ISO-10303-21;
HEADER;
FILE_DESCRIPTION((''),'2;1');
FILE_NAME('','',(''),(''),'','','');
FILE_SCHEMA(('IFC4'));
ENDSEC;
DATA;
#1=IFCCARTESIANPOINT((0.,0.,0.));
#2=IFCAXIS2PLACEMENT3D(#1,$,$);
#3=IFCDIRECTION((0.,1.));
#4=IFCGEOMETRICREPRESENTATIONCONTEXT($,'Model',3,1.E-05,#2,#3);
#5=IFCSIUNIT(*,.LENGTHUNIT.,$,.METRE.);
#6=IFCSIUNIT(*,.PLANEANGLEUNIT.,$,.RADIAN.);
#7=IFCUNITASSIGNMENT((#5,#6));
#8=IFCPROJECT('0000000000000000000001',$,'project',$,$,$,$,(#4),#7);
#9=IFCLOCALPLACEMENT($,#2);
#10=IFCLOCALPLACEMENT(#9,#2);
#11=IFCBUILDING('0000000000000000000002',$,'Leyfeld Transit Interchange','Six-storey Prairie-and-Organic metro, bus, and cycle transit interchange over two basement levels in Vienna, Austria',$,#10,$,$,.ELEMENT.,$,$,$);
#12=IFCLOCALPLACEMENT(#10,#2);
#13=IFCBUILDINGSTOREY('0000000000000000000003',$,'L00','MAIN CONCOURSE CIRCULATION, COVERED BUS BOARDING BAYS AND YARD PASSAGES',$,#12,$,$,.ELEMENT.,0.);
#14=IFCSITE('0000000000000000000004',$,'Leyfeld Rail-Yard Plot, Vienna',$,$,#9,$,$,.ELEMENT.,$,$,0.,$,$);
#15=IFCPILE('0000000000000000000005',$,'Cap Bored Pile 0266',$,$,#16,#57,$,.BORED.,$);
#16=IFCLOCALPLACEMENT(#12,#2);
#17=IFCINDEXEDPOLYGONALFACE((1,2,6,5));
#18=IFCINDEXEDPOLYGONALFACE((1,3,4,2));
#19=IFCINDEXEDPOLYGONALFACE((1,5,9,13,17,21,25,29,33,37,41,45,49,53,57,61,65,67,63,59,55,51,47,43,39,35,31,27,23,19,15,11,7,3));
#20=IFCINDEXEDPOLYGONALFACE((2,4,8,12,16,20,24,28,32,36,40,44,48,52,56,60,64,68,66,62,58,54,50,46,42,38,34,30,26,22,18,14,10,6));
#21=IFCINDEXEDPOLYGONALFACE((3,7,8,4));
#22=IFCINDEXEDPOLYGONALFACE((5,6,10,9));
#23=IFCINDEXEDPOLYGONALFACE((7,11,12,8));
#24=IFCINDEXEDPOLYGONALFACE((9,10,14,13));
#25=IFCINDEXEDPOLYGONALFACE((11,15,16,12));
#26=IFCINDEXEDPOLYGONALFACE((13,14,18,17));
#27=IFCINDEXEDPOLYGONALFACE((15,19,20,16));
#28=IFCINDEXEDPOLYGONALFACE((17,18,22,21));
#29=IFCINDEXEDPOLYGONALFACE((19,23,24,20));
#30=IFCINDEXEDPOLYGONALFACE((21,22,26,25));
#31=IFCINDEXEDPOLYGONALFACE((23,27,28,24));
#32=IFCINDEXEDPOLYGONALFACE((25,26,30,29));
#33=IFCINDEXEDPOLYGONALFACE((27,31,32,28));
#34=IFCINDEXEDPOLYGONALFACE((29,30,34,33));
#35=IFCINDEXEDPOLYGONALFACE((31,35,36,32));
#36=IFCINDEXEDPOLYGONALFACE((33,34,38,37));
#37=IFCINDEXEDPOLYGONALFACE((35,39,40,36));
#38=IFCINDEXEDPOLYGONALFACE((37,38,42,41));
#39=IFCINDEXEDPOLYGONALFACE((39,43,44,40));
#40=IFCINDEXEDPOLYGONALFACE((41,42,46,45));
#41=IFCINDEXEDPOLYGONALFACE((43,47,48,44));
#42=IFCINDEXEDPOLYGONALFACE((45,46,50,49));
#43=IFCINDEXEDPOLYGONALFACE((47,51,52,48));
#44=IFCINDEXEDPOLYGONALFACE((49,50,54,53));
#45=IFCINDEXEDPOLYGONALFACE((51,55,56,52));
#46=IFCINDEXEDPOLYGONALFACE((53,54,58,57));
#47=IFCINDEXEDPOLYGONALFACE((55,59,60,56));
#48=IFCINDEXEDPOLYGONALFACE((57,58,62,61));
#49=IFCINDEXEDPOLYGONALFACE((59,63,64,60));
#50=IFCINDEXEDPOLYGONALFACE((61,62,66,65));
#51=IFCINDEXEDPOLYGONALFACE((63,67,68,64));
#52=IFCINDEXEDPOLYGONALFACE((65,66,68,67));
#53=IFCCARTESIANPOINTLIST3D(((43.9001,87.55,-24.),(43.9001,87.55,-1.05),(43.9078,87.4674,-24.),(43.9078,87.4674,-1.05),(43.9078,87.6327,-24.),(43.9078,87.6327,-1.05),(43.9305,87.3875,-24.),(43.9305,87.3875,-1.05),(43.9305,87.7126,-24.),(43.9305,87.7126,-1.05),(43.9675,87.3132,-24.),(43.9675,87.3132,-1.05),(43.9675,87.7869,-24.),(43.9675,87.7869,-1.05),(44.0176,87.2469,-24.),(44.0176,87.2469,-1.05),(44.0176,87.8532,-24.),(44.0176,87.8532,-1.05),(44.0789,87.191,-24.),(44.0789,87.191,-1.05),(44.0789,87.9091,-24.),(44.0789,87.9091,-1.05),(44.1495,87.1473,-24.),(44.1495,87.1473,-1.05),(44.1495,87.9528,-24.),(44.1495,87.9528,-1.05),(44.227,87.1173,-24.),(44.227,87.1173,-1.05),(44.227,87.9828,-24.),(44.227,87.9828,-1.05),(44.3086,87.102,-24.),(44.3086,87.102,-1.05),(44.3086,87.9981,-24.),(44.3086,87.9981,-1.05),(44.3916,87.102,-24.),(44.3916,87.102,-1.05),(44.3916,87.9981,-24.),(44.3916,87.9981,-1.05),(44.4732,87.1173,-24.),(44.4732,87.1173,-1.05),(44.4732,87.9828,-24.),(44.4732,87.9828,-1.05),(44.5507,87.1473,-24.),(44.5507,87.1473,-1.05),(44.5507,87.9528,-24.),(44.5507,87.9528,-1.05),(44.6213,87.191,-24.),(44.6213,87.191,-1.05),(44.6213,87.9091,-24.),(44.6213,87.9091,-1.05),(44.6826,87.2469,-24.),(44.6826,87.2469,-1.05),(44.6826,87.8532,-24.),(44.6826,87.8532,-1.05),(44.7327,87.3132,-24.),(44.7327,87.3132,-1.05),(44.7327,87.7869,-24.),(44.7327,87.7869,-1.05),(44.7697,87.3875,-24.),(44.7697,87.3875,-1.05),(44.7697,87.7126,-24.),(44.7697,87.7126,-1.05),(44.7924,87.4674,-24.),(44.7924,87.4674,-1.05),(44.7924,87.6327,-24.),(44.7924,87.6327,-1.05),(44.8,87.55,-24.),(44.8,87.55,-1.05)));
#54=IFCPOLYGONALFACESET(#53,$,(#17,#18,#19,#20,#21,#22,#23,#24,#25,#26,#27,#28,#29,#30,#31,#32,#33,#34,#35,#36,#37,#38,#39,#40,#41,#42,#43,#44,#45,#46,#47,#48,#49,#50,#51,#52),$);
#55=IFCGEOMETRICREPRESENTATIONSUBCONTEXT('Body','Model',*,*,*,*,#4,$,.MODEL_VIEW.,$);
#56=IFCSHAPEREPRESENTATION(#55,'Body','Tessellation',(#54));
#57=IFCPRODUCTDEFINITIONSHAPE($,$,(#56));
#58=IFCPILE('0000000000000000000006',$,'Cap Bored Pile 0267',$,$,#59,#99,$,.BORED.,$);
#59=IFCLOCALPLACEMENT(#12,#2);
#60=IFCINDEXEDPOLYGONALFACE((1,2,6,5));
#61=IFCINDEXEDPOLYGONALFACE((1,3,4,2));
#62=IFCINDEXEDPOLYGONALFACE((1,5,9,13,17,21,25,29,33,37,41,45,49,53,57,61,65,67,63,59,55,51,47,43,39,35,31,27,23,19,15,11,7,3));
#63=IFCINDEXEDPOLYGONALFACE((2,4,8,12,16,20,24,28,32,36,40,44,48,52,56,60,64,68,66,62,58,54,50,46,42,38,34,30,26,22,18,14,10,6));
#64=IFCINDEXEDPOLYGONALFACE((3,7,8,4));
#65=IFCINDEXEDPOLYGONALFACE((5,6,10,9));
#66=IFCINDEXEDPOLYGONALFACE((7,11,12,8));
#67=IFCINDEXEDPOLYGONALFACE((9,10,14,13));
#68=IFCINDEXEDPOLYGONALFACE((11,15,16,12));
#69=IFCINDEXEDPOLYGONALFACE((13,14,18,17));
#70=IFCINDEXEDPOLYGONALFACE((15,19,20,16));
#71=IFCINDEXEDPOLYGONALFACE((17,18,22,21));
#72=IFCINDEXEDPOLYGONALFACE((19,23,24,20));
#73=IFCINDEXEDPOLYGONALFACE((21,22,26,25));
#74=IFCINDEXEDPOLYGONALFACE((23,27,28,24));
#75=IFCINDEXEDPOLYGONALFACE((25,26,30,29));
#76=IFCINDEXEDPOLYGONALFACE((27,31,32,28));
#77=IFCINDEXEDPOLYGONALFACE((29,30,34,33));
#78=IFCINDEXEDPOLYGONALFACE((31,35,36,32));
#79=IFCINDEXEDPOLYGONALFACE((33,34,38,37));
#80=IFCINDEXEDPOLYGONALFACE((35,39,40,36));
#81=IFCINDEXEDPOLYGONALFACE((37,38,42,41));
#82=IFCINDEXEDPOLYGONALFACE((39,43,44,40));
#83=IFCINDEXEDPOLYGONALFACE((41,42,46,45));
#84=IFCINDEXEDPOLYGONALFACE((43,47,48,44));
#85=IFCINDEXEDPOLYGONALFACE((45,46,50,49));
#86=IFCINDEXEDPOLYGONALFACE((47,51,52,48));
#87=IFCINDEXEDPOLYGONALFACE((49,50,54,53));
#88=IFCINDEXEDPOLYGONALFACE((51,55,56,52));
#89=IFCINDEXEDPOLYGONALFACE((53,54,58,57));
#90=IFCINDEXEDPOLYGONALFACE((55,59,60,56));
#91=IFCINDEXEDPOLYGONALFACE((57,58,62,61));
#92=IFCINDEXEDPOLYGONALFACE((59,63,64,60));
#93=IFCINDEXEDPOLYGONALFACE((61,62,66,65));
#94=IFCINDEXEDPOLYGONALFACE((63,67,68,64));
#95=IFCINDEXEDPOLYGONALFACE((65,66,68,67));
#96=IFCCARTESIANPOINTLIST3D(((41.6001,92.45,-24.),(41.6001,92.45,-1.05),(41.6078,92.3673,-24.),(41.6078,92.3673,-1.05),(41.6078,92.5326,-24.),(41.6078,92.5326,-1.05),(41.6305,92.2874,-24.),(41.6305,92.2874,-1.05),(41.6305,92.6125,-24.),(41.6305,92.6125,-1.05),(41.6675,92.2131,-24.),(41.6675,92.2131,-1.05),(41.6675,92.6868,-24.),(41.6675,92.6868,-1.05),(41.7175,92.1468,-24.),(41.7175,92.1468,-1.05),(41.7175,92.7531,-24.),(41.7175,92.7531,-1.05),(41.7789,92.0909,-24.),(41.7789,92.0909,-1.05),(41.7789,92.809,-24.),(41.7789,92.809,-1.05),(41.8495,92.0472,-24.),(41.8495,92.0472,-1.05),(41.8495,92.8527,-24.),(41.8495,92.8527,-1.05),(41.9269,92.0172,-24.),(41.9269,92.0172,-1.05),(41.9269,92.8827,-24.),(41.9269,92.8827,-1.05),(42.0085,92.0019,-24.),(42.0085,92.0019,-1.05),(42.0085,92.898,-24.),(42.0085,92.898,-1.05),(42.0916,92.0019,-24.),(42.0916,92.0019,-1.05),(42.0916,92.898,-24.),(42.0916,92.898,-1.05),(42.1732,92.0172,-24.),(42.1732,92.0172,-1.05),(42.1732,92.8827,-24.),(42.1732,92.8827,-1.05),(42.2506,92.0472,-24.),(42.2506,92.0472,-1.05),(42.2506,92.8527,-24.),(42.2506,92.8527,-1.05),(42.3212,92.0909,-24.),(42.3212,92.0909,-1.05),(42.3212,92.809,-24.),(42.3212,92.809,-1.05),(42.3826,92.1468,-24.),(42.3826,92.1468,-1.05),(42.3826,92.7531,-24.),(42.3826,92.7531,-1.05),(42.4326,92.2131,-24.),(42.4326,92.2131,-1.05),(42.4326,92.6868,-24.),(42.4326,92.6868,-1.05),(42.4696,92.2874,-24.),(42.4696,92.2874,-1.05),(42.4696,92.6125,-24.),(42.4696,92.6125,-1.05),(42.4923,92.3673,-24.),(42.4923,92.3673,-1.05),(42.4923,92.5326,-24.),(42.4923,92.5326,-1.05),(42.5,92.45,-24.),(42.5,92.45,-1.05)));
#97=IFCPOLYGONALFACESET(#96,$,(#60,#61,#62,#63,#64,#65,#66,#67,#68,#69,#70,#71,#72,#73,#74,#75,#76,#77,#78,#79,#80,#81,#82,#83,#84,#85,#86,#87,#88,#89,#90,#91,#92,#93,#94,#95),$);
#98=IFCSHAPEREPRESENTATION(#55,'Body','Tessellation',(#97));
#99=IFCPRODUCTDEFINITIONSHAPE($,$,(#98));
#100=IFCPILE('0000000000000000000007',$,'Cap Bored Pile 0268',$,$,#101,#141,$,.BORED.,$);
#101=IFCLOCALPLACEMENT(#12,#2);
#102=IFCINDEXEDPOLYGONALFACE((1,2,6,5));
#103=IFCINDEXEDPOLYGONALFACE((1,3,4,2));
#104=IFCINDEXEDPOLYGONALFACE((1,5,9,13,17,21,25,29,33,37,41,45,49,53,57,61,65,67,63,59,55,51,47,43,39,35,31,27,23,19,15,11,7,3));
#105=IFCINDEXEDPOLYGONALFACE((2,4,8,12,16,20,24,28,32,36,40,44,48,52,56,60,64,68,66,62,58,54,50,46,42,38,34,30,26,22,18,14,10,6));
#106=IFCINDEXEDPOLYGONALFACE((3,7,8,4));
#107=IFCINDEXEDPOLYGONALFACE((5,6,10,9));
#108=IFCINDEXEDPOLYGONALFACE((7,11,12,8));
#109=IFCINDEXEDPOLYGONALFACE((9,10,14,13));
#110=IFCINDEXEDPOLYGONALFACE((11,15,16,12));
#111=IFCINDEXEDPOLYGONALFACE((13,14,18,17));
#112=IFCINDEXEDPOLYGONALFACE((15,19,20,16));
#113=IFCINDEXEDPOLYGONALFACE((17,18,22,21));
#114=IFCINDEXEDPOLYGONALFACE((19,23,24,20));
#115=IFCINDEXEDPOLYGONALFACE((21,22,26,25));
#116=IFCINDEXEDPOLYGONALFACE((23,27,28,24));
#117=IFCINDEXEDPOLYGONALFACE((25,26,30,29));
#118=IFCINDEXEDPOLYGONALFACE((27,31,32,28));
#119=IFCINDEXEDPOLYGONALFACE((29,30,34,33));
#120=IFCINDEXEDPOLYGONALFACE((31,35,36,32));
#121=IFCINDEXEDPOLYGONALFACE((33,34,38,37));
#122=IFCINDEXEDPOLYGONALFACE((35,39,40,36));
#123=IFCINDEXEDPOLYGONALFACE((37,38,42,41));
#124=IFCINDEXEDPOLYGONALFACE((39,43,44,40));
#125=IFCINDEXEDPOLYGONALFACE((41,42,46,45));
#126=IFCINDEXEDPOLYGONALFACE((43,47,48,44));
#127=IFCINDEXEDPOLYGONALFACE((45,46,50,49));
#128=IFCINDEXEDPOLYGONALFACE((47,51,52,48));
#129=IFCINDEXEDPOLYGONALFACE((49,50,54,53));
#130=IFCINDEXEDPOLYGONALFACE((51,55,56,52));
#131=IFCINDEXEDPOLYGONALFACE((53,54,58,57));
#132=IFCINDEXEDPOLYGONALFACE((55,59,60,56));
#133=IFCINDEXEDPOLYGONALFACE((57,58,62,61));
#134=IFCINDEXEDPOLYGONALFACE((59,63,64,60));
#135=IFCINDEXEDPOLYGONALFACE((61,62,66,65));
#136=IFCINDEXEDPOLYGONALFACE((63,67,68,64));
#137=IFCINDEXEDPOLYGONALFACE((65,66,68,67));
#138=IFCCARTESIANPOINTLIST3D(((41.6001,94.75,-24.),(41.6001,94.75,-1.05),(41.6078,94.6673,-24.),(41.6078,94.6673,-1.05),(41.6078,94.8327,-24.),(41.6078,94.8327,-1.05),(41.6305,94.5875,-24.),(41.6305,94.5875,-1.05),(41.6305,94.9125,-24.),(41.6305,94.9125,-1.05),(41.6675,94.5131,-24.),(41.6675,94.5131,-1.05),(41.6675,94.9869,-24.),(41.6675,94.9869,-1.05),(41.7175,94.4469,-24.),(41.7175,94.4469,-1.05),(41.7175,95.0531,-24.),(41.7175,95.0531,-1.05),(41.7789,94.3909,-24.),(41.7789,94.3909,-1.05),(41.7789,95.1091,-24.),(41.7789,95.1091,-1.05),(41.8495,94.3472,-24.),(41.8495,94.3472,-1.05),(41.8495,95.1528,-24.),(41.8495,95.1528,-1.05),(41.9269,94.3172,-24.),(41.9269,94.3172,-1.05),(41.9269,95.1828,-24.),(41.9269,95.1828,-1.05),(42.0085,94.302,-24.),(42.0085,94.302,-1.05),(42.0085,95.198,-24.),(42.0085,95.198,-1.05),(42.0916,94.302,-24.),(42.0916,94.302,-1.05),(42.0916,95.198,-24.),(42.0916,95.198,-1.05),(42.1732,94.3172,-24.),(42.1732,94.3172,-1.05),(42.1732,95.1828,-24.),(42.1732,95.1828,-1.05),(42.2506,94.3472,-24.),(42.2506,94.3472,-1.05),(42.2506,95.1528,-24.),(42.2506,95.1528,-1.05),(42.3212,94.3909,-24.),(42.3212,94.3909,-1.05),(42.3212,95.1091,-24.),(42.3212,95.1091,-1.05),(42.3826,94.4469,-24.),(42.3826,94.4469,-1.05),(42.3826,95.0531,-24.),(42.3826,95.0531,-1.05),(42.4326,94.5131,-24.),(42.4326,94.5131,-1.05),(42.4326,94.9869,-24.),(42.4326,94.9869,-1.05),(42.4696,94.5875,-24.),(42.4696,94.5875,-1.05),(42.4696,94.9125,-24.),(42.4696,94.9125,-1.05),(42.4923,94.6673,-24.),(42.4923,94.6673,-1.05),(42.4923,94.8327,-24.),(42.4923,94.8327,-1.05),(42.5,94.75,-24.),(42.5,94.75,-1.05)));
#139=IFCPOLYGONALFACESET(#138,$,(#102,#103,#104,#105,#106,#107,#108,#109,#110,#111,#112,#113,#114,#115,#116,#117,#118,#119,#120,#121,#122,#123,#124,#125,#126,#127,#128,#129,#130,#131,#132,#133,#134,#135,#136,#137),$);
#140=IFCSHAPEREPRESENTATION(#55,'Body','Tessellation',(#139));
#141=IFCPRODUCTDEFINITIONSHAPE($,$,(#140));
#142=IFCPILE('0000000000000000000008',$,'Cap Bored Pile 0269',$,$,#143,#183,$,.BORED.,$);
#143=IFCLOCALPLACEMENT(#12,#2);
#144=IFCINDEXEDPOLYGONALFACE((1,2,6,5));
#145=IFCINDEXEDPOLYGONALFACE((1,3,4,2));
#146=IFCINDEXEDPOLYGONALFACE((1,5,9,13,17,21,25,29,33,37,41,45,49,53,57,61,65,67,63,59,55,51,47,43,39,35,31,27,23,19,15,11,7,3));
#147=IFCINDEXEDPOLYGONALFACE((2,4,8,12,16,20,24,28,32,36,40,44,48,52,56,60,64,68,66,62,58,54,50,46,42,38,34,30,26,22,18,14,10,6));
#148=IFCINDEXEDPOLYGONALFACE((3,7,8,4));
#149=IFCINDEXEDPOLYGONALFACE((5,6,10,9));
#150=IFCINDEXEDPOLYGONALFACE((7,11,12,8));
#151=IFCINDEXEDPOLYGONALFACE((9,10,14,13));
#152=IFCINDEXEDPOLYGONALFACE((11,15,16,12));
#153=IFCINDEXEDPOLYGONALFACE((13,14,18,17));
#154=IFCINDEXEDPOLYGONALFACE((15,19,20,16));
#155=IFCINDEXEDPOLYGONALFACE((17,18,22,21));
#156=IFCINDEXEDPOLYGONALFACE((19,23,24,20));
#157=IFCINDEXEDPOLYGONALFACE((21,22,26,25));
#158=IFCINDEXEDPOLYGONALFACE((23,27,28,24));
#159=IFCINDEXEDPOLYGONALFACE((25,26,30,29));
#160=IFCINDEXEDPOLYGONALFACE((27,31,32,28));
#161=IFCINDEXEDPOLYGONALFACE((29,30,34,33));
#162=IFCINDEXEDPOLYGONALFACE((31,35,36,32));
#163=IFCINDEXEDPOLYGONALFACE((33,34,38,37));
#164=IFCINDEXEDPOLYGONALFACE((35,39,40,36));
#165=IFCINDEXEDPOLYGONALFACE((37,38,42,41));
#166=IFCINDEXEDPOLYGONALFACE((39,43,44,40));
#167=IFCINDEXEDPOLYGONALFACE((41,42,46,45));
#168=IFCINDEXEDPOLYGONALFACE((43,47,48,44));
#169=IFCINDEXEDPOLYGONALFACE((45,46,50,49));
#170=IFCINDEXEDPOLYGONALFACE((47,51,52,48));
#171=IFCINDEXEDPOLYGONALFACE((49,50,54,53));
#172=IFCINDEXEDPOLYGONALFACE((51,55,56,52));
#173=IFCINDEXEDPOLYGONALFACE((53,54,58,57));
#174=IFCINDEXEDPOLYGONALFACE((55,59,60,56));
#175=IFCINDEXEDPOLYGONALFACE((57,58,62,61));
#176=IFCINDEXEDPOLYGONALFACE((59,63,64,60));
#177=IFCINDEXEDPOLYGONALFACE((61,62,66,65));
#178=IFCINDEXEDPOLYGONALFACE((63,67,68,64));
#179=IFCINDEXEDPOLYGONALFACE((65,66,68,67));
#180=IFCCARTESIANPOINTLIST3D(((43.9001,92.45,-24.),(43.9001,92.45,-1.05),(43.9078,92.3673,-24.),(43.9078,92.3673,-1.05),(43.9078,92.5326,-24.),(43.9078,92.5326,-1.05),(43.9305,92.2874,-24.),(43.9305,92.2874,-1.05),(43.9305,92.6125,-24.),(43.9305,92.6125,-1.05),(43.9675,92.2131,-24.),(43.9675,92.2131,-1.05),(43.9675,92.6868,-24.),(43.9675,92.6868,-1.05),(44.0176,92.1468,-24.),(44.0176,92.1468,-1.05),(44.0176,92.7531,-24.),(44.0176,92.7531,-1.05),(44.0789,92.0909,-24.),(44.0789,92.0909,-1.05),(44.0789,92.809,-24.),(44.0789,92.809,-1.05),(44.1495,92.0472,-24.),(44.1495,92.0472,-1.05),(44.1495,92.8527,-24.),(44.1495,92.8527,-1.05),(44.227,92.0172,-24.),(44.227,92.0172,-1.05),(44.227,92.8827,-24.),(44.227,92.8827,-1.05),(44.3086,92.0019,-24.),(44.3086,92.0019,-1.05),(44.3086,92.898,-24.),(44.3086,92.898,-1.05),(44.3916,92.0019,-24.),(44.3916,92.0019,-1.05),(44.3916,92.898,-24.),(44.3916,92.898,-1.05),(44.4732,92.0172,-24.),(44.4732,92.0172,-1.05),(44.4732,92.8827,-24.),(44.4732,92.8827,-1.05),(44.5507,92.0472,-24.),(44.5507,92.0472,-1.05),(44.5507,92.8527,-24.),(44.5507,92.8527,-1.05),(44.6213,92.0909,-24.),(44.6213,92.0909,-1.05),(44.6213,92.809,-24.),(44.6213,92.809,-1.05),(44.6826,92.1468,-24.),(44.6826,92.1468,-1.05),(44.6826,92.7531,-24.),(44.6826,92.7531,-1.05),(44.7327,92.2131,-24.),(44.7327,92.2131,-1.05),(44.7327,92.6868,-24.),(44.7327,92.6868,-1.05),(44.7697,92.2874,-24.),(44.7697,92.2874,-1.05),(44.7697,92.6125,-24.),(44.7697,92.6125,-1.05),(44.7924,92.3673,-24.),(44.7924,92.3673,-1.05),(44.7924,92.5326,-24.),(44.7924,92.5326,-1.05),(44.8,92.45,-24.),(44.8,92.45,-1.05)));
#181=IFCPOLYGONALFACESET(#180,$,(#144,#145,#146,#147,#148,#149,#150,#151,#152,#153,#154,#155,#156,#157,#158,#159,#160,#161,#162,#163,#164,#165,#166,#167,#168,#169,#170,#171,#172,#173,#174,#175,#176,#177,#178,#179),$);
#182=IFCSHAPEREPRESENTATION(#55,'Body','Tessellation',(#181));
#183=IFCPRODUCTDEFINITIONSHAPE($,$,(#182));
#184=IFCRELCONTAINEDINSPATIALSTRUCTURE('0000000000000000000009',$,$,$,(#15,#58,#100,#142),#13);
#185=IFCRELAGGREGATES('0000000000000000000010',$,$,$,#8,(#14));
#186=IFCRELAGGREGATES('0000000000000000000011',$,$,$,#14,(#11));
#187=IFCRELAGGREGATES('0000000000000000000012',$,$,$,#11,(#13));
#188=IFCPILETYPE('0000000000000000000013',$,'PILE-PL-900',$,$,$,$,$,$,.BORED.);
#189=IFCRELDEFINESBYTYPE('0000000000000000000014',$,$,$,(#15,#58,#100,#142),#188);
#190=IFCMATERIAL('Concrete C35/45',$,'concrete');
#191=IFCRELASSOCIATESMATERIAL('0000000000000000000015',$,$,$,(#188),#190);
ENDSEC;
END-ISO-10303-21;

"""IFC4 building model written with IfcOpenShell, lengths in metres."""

from ifc_helpers import new_model, si_unit, direction, frame, origin, origin_2d, place, context, subcontext, project, spatial, circle, extrude, material, material_profile, profile_set, type_object, element, save


model = new_model("IFC4")

# Units and contexts
model_context = context("Model", 3, precision=1e-05, world=origin(), true_north=direction((0.0, 1.0)))
body_context = subcontext(model_context, "Body", "Model", "MODEL_VIEW")
ifc_project = project(units=[si_unit("LENGTHUNIT", "METRE"), si_unit("PLANEANGLEUNIT", "RADIAN")], contexts=[model_context])

# Site, building, storey
site_placement = place(None, origin())
site = spatial("IfcSite", under=ifc_project, at=site_placement, Name="Leyfeld Rail-Yard Plot, Vienna", CompositionType="ELEMENT", RefElevation=0.0)
building_placement = place(site_placement, origin())
building = spatial("IfcBuilding", under=site, at=building_placement, Name="Leyfeld Transit Interchange", Description="Six-storey Prairie-and-Organic metro, bus, and cycle transit interchange over two basement levels in Vienna, Austria", CompositionType="ELEMENT")
storey_placement = place(building_placement, origin())
storey = spatial("IfcBuildingStorey", under=building, at=storey_placement, Name="L00", Description="MAIN CONCOURSE CIRCULATION, COVERED BUS BOARDING BAYS AND YARD PASSAGES", CompositionType="ELEMENT", Elevation=0.0)

# Shared definitions
ifc_material_1 = material(Name="Concrete C35/45", Category="concrete")

# Piles
ifc_material_profile_1 = material_profile(ifc_material_1, circle(Radius=0.45, at=origin_2d()), Name="PILE D900")
ifc_profile_set_1 = profile_set([ifc_material_profile_1], Name="Concrete C35/45")
pile_type = type_object("IfcPileType", Name="PILE-PL-900", PredefinedType="BORED", material=ifc_profile_set_1)
for number, where, z_axis, x_axis, name in (
    (1, (44.3501, 87.55, -1.05), (0.0, 0.0, -1.0), (1.0, 0.0, 0.0), "Cap Bored Pile 0266"),
    (2, (42.05, 92.45, -1.05), (0.0, 0.0, -1.0), (1.0, 0.0, 0.0), "Cap Bored Pile 0267"),
    (3, (42.05, 94.75, -1.05), (0.0, 0.0, -1.0), (1.0, 0.0, 0.0), "Cap Bored Pile 0268"),
    (4, (44.3501, 92.45, -1.05), (0.0, 0.0, -1.0), (1.0, 0.0, 0.0), "Cap Bored Pile 0269"),
):
    element("IfcPile", number, at=place(storey_placement, frame(where, z_axis=z_axis, x_axis=x_axis)), inside=storey, type_object=pile_type, Name=name, PredefinedType="BORED", context=body_context, shape_type="SweptSolid", body=[
        extrude(circle(Radius=0.45, at=origin_2d()), origin(), (0.0, 0.0, 1.0), 22.95),
    ])

save(model, "model.ifc")
